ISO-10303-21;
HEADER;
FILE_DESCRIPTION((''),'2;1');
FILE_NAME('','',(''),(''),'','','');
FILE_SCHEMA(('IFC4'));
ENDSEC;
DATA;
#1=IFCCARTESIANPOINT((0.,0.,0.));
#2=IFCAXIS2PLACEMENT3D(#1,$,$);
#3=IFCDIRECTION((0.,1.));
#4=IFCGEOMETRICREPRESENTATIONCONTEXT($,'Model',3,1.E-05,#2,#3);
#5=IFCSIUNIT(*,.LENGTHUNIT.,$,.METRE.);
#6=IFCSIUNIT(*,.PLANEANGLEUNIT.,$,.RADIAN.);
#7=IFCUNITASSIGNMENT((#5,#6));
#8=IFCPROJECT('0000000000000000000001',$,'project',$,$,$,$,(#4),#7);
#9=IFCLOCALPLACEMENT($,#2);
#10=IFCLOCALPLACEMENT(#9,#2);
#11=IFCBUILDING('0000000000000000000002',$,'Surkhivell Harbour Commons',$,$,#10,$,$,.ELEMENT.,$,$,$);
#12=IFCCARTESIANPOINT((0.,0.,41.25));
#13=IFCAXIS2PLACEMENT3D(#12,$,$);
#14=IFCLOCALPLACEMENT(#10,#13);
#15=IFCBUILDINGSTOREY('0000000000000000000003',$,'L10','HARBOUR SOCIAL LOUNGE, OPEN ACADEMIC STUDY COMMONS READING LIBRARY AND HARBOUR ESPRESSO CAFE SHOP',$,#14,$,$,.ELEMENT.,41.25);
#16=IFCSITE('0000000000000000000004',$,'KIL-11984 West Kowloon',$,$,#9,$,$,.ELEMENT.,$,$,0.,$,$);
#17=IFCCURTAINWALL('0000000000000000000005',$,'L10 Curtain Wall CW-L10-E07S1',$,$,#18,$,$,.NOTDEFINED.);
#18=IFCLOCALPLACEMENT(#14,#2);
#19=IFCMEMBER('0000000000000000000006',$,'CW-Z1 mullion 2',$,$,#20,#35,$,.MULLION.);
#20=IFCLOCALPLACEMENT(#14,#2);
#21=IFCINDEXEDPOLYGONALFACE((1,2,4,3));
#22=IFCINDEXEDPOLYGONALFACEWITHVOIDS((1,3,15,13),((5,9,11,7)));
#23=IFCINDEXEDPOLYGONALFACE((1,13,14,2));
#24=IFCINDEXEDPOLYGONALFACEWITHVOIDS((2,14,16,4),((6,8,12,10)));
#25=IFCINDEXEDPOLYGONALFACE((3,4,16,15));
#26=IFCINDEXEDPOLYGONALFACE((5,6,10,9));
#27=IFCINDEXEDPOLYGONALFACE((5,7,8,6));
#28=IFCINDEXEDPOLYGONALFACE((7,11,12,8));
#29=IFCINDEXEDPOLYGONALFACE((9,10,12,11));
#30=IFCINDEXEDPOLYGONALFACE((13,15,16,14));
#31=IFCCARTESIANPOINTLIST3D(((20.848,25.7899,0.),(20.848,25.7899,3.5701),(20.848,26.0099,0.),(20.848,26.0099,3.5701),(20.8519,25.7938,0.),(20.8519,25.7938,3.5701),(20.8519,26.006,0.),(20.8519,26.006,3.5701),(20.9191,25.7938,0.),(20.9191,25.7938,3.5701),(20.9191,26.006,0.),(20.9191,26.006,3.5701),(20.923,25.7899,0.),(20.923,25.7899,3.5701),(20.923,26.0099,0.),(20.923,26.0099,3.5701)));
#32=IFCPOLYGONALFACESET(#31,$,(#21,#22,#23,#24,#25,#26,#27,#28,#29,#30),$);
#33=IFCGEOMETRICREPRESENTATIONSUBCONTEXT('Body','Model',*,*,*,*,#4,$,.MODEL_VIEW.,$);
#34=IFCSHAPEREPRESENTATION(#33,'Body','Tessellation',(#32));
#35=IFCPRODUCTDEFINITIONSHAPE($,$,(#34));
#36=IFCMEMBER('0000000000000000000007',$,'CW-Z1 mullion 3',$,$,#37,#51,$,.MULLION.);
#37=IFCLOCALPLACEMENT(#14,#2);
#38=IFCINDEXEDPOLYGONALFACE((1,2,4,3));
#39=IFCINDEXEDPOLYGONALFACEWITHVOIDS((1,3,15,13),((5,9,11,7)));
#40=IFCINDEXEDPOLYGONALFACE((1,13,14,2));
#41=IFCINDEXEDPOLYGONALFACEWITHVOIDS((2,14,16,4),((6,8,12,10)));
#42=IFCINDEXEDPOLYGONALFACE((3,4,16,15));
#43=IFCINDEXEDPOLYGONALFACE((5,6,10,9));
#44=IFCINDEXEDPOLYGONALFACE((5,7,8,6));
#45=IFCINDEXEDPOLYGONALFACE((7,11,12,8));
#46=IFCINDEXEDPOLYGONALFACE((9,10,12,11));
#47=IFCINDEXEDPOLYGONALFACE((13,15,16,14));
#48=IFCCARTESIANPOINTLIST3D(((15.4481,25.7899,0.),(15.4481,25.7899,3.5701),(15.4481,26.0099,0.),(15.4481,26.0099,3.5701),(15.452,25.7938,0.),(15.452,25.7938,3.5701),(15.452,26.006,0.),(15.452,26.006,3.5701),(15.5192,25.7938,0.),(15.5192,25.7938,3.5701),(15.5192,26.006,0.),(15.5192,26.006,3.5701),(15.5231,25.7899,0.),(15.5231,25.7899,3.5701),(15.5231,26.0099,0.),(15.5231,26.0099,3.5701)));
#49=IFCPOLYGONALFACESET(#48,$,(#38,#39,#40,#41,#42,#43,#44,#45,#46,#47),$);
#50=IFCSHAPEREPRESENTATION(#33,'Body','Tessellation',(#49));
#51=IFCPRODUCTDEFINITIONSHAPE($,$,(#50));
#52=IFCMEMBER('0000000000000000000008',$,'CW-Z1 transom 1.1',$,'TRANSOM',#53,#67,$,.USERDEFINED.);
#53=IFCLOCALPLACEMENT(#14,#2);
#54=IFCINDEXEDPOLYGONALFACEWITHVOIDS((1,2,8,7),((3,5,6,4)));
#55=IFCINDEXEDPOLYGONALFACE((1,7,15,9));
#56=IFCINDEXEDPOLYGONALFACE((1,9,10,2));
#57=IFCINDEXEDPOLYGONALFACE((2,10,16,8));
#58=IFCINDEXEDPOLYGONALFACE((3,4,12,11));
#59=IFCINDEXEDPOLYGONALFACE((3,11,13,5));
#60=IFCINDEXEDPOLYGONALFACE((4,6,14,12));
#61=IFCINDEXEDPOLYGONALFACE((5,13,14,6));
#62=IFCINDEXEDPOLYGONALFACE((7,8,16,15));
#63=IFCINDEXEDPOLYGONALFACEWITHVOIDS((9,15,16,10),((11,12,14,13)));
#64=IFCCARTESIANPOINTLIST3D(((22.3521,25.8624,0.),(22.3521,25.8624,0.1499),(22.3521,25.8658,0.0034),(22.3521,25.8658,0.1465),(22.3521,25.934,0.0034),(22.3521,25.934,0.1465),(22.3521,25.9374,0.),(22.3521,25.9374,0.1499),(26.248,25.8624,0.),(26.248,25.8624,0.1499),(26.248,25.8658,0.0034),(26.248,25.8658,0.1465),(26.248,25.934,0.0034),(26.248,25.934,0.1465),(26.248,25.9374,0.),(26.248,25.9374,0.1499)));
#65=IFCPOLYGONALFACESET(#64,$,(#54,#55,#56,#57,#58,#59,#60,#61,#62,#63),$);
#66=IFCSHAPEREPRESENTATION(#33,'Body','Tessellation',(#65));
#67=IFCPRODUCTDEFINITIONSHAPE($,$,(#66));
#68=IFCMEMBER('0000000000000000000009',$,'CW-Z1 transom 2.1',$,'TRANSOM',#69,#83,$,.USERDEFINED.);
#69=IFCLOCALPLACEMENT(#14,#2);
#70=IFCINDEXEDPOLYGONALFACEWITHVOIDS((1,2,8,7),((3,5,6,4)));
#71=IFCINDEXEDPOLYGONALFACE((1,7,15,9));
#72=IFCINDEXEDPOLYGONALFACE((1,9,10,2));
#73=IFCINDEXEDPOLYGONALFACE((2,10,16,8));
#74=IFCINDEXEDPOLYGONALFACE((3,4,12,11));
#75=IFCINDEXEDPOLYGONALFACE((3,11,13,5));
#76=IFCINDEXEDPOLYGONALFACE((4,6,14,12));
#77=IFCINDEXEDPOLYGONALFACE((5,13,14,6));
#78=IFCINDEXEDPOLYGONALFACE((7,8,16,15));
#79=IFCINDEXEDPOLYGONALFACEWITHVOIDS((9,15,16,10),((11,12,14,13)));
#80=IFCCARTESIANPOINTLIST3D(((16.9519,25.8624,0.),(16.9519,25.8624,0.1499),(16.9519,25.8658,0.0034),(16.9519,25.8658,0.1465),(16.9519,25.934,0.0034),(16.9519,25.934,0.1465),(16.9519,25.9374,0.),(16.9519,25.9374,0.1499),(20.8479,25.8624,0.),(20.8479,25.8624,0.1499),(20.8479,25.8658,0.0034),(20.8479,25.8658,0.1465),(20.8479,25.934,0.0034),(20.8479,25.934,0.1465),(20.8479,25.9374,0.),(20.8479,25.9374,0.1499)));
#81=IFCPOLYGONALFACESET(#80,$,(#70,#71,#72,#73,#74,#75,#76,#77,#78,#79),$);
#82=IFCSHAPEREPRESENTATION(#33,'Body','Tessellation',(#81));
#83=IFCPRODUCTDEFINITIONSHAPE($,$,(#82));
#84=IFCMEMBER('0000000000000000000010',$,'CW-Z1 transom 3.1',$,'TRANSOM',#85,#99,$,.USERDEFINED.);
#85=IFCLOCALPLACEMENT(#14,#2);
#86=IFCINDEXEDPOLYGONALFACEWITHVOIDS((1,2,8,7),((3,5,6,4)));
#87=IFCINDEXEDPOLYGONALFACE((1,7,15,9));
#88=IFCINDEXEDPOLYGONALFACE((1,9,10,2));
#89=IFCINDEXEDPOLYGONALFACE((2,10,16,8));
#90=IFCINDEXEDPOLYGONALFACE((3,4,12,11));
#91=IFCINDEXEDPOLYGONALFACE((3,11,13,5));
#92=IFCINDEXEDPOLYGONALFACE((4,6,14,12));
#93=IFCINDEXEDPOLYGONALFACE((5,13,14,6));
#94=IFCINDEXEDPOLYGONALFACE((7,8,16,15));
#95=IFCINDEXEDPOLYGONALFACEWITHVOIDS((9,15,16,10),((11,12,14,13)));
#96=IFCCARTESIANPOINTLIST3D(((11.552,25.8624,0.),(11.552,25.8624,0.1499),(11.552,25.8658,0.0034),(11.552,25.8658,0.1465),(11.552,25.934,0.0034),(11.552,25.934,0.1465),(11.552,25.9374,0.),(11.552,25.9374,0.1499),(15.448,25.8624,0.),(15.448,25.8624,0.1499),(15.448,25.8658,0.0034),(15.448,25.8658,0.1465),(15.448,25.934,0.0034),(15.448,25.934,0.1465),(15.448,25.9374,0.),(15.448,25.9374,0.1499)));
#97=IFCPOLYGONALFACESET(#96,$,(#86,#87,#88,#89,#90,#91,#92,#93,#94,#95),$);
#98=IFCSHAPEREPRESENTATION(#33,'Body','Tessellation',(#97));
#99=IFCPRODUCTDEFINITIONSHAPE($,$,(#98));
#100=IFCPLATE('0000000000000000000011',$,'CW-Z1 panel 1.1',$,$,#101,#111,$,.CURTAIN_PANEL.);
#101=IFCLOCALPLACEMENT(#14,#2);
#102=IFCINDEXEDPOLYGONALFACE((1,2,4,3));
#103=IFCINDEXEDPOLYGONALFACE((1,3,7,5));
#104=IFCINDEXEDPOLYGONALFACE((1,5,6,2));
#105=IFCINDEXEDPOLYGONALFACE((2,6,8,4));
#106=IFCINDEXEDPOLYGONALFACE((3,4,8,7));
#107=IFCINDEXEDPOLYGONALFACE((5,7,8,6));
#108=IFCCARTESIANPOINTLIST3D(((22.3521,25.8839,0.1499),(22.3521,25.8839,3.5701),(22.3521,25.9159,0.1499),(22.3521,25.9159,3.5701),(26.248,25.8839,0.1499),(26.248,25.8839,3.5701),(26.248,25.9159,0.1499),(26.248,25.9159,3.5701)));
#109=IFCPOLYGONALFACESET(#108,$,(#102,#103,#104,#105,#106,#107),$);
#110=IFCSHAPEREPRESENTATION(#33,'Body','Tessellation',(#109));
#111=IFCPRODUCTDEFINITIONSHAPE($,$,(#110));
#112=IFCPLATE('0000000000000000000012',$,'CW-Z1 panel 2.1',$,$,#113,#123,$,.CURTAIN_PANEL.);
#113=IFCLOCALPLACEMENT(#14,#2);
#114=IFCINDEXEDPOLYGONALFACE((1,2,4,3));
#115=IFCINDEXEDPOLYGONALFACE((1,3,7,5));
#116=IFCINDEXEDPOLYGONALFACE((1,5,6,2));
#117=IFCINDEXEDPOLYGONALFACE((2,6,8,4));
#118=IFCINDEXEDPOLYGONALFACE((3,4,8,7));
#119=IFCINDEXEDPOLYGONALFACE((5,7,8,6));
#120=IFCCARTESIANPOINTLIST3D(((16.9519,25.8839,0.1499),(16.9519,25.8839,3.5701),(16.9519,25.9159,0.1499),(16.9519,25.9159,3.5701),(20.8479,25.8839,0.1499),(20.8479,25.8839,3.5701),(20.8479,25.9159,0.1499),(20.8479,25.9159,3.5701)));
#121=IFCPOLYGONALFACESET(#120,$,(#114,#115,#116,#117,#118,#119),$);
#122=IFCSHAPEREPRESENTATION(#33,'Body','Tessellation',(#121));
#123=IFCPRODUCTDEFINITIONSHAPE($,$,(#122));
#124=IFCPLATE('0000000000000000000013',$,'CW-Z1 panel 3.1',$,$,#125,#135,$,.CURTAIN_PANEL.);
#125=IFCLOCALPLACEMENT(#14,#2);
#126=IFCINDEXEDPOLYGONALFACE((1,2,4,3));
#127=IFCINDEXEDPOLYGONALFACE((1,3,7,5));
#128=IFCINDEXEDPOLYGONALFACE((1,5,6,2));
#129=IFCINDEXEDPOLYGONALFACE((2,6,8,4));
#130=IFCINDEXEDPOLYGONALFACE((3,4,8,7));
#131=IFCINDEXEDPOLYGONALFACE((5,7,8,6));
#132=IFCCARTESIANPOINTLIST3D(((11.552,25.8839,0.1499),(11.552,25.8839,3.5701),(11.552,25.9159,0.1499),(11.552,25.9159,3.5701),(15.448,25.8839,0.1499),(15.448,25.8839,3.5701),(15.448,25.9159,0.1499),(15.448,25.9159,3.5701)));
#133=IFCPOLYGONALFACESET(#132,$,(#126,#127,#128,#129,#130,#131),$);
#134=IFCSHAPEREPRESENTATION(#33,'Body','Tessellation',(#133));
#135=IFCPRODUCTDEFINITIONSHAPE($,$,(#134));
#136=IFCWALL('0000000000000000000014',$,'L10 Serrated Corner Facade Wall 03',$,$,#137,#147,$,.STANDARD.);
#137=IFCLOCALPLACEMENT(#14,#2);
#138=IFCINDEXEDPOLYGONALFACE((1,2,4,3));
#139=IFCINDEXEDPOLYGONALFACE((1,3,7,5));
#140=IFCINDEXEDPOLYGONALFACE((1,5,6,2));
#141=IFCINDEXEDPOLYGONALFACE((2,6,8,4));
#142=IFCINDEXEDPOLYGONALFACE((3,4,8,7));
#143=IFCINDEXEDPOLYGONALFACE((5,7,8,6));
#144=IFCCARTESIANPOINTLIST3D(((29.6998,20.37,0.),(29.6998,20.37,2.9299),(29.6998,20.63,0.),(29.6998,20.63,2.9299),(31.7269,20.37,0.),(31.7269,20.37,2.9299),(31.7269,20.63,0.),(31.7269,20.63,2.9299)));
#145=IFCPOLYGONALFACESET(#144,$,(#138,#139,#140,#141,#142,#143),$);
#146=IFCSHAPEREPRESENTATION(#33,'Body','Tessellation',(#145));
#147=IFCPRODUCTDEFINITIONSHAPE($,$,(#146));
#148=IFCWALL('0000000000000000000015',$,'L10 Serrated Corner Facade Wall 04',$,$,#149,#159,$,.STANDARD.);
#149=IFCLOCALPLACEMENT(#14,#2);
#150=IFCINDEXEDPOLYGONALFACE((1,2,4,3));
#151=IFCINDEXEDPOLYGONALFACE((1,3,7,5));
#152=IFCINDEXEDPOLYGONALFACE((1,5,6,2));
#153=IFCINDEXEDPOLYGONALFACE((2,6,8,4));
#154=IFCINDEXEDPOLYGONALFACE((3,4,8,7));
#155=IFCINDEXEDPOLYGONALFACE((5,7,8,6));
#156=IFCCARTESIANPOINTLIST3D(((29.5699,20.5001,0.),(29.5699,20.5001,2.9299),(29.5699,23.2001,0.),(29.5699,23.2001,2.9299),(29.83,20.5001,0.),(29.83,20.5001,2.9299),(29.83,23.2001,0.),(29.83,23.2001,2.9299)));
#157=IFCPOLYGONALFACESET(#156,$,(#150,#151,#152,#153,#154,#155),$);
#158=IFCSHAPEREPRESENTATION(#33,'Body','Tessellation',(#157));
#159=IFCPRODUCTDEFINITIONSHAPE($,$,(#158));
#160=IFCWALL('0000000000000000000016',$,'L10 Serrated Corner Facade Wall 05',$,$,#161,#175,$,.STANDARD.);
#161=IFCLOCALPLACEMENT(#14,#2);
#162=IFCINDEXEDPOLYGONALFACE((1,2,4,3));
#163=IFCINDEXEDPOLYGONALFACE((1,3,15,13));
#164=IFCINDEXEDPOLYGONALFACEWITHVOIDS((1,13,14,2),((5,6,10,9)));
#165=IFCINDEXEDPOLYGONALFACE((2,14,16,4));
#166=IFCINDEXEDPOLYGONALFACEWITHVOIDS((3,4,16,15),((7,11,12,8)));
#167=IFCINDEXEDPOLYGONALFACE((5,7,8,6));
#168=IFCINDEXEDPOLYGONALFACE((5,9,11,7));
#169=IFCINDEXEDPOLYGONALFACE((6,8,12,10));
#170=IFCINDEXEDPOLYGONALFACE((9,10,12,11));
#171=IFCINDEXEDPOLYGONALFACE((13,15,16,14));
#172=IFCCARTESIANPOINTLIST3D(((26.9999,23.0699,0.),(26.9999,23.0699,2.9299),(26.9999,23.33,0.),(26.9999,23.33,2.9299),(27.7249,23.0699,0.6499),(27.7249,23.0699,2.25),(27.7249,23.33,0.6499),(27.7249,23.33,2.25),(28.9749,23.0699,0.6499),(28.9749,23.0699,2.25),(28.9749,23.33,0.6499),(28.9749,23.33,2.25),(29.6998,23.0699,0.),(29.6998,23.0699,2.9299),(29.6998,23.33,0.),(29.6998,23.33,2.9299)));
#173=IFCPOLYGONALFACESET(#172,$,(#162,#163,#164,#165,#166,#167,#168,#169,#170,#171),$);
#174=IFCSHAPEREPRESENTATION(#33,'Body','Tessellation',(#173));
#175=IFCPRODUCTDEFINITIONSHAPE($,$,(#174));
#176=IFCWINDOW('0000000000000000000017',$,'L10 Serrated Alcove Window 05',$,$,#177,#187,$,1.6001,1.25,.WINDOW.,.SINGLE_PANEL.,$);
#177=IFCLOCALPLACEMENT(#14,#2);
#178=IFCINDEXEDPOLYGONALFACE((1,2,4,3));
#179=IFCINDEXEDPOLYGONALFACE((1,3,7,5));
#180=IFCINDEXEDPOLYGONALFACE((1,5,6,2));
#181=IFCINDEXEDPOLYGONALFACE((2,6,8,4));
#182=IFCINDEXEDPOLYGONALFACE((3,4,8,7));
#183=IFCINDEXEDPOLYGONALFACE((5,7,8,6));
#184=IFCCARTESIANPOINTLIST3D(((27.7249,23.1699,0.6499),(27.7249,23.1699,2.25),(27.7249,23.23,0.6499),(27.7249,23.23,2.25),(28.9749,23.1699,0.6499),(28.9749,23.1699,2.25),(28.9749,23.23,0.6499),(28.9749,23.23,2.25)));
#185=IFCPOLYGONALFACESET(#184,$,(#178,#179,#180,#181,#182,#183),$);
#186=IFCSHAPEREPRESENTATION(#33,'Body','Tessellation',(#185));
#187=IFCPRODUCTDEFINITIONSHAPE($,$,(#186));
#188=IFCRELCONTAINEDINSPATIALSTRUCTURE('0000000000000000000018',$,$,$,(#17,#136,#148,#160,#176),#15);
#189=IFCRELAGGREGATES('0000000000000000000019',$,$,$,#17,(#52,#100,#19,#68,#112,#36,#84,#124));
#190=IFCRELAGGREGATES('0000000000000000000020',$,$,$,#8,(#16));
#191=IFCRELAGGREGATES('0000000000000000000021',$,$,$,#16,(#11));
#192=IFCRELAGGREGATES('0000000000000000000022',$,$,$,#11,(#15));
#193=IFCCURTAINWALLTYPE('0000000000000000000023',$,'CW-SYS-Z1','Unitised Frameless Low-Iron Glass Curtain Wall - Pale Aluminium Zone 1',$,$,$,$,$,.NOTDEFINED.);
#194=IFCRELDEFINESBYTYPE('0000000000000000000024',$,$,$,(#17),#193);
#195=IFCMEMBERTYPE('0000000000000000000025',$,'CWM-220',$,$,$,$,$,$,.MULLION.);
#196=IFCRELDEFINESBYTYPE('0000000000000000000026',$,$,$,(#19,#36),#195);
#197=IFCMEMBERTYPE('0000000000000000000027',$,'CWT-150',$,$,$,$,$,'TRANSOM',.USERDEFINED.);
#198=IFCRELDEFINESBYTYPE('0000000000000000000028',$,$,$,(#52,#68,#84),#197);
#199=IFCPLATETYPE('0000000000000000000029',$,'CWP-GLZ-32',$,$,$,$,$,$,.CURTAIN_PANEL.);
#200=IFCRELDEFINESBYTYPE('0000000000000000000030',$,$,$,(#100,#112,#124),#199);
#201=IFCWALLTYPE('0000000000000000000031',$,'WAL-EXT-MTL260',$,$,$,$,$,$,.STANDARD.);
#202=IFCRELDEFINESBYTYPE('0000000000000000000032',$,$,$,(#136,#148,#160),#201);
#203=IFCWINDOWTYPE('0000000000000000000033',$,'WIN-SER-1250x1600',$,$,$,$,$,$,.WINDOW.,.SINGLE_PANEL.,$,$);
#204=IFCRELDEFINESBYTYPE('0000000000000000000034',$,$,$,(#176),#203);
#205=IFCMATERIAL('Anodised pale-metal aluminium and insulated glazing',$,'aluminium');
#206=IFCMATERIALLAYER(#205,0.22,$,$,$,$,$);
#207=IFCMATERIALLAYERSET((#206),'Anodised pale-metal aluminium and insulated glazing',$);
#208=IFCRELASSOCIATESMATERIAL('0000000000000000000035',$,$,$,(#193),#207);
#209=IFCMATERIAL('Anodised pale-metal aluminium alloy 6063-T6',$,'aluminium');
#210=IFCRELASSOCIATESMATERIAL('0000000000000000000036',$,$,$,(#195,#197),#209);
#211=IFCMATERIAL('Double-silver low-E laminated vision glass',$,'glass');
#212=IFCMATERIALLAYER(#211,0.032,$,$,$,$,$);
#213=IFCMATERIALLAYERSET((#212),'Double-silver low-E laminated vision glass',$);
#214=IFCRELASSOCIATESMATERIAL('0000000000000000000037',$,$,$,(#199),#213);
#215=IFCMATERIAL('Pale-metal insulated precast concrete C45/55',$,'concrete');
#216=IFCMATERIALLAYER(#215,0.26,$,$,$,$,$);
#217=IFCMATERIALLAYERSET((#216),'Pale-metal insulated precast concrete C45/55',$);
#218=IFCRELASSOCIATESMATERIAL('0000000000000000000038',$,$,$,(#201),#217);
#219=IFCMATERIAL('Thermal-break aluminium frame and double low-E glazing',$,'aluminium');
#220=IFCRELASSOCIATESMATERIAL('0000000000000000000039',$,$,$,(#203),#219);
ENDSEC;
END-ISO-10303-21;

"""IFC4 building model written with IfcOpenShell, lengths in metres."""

from ifc_helpers import new_model, si_unit, direction, frame, frame_2d, origin, origin_2d, place, context, subcontext, project, spatial, rectangle, hollow_rectangle, extrude, material, layer, layer_set, material_profile, profile_set, type_object, element, fill, aggregate, save


model = new_model("IFC4")

# Units and contexts
model_context = context("Model", 3, precision=1e-05, world=origin(), true_north=direction((0.0, 1.0)))
body_context = subcontext(model_context, "Body", "Model", "MODEL_VIEW")
ifc_project = project(units=[si_unit("LENGTHUNIT", "METRE"), si_unit("PLANEANGLEUNIT", "RADIAN")], contexts=[model_context])

# Site, building, storey
site_placement = place(None, origin())
site = spatial("IfcSite", under=ifc_project, at=site_placement, Name="KIL-11984 West Kowloon", CompositionType="ELEMENT", RefElevation=0.0)
building_placement = place(site_placement, origin())
building = spatial("IfcBuilding", under=site, at=building_placement, Name="Surkhivell Harbour Commons", CompositionType="ELEMENT")
storey_placement = place(building_placement, frame((0.0, 0.0, 41.25)))
storey = spatial("IfcBuildingStorey", under=building, at=storey_placement, Name="L10", Description="HARBOUR SOCIAL LOUNGE, OPEN ACADEMIC STUDY COMMONS READING LIBRARY AND HARBOUR ESPRESSO CAFE SHOP", CompositionType="ELEMENT", Elevation=41.25)

# Curtain wall, members, plates
ifc_material_1 = material(Name="Anodised pale-metal aluminium and insulated glazing", Category="aluminium")
ifc_layer_1 = layer(ifc_material_1, 0.22)
ifc_layer_set_1 = layer_set([ifc_layer_1], Name="Anodised pale-metal aluminium and insulated glazing")
curtain_wall_type = type_object("IfcCurtainWallType", Name="CW-SYS-Z1", Description="Unitised Frameless Low-Iron Glass Curtain Wall - Pale Aluminium Zone 1", PredefinedType="NOTDEFINED", material=ifc_layer_set_1)
curtain_wall_placement = place(storey_placement, origin())
curtain_wall = element("IfcCurtainWall", 1, at=curtain_wall_placement, inside=storey, type_object=curtain_wall_type, Name="L10 Curtain Wall CW-L10-E07S1", PredefinedType="NOTDEFINED")
ifc_material_2 = material(Name="Anodised pale-metal aluminium alloy 6063-T6", Category="aluminium")
ifc_material_profile_1 = material_profile(ifc_material_2, hollow_rectangle(XDim=0.075, YDim=0.22, WallThickness=0.0039, at=origin_2d()), Name="ALU-MULL-75x220")
ifc_profile_set_1 = profile_set([ifc_material_profile_1], Name="Anodised pale-metal aluminium alloy 6063-T6")
member_type_1 = type_object("IfcMemberType", Name="CWM-220", PredefinedType="MULLION", material=ifc_profile_set_1)
member_1_placement = place(storey_placement, frame((20.8855, 25.8999, 0.0), z_axis=(0.0, 0.0, 1.0), x_axis=(-1.0, 0.0, 0.0)))
member_1 = element("IfcMember", 2, at=member_1_placement, type_object=member_type_1, Name="CW-Z1 mullion 2", PredefinedType="MULLION", context=body_context, shape_type="SweptSolid", body=[
    extrude(hollow_rectangle(XDim=0.075, YDim=0.22, WallThickness=0.0039, at=origin_2d()), origin(), (0.0, 0.0, 1.0), 3.5701),
])
member_2_placement = place(storey_placement, frame((15.4856, 25.8999, 0.0), z_axis=(0.0, 0.0, 1.0), x_axis=(-1.0, 0.0, 0.0)))
member_2 = element("IfcMember", 3, at=member_2_placement, type_object=member_type_1, Name="CW-Z1 mullion 3", PredefinedType="MULLION", context=body_context, shape_type="SweptSolid", body=[
    extrude(hollow_rectangle(XDim=0.075, YDim=0.22, WallThickness=0.0039, at=origin_2d()), origin(), (0.0, 0.0, 1.0), 3.5701),
])
ifc_material_profile_2 = material_profile(ifc_material_2, hollow_rectangle(XDim=0.075, YDim=0.1499, WallThickness=0.0034, at=origin_2d()), Name="ALU-TRAN-75x150")
ifc_profile_set_2 = profile_set([ifc_material_profile_2], Name="Anodised pale-metal aluminium alloy 6063-T6")
member_type_2 = type_object("IfcMemberType", Name="CWT-150", ElementType="TRANSOM", PredefinedType="USERDEFINED", material=ifc_profile_set_2)
member_3_placement = place(storey_placement, frame((26.248, 25.8999, 0.075), z_axis=(-1.0, 0.0, 0.0), x_axis=(0.0, -1.0, 0.0)))
member_3 = element("IfcMember", 4, at=member_3_placement, type_object=member_type_2, Name="CW-Z1 transom 1.1", ObjectType="TRANSOM", PredefinedType="USERDEFINED", context=body_context, shape_type="SweptSolid", body=[
    extrude(hollow_rectangle(XDim=0.075, YDim=0.1499, WallThickness=0.0034, at=origin_2d()), origin(), (0.0, 0.0, 1.0), 3.896),
])
member_4_placement = place(storey_placement, frame((20.8479, 25.8999, 0.075), z_axis=(-1.0, 0.0, 0.0), x_axis=(0.0, -1.0, 0.0)))
member_4 = element("IfcMember", 5, at=member_4_placement, type_object=member_type_2, Name="CW-Z1 transom 2.1", ObjectType="TRANSOM", PredefinedType="USERDEFINED", context=body_context, shape_type="SweptSolid", body=[
    extrude(hollow_rectangle(XDim=0.075, YDim=0.1499, WallThickness=0.0034, at=origin_2d()), origin(), (0.0, 0.0, 1.0), 3.896),
])
member_5_placement = place(storey_placement, frame((15.448, 25.8999, 0.075), z_axis=(-1.0, 0.0, 0.0), x_axis=(0.0, -1.0, 0.0)))
member_5 = element("IfcMember", 6, at=member_5_placement, type_object=member_type_2, Name="CW-Z1 transom 3.1", ObjectType="TRANSOM", PredefinedType="USERDEFINED", context=body_context, shape_type="SweptSolid", body=[
    extrude(hollow_rectangle(XDim=0.075, YDim=0.1499, WallThickness=0.0034, at=origin_2d()), origin(), (0.0, 0.0, 1.0), 3.896),
])
ifc_material_3 = material(Name="Double-silver low-E laminated vision glass", Category="glass")
ifc_layer_2 = layer(ifc_material_3, 0.032)
ifc_layer_set_2 = layer_set([ifc_layer_2], Name="Double-silver low-E laminated vision glass")
plate_type = type_object("IfcPlateType", Name="CWP-GLZ-32", PredefinedType="CURTAIN_PANEL", material=ifc_layer_set_2)
plate_1_placement = place(storey_placement, frame((26.248, 25.8999, 0.1499), z_axis=(0.0, 0.0, 1.0), x_axis=(-1.0, 0.0, 0.0)))
plate_1 = element("IfcPlate", 7, at=plate_1_placement, type_object=plate_type, Name="CW-Z1 panel 1.1", PredefinedType="CURTAIN_PANEL", context=body_context, shape_type="SweptSolid", body=[
    extrude(rectangle(XDim=3.896, YDim=0.032, at=frame_2d((1.948, 0.0))), origin(), (0.0, 0.0, 1.0), 3.4202),
])
plate_2_placement = place(storey_placement, frame((20.8479, 25.8999, 0.1499), z_axis=(0.0, 0.0, 1.0), x_axis=(-1.0, 0.0, 0.0)))
plate_2 = element("IfcPlate", 8, at=plate_2_placement, type_object=plate_type, Name="CW-Z1 panel 2.1", PredefinedType="CURTAIN_PANEL", context=body_context, shape_type="SweptSolid", body=[
    extrude(rectangle(XDim=3.896, YDim=0.032, at=frame_2d((1.948, 0.0))), origin(), (0.0, 0.0, 1.0), 3.4202),
])
plate_3_placement = place(storey_placement, frame((15.448, 25.8999, 0.1499), z_axis=(0.0, 0.0, 1.0), x_axis=(-1.0, 0.0, 0.0)))
plate_3 = element("IfcPlate", 9, at=plate_3_placement, type_object=plate_type, Name="CW-Z1 panel 3.1", PredefinedType="CURTAIN_PANEL", context=body_context, shape_type="SweptSolid", body=[
    extrude(rectangle(XDim=3.896, YDim=0.032, at=frame_2d((1.948, 0.0))), origin(), (0.0, 0.0, 1.0), 3.4202),
])
aggregate(curtain_wall, [member_3, plate_1, member_1, member_4, plate_2, member_2, member_5, plate_3])

# Walls
ifc_material_4 = material(Name="Pale-metal insulated precast concrete C45/55", Category="concrete")
ifc_layer_3 = layer(ifc_material_4, 0.26)
ifc_layer_set_3 = layer_set([ifc_layer_3], Name="Pale-metal insulated precast concrete C45/55")
wall_type = type_object("IfcWallType", Name="WAL-EXT-MTL260", PredefinedType="STANDARD", material=ifc_layer_set_3)
wall_1_placement = place(storey_placement, frame((31.7271, 20.5, 0.0), z_axis=(0.0, 0.0, 1.0), x_axis=(-1.0, 0.0, 0.0)))
element("IfcWall", 10, at=wall_1_placement, inside=storey, type_object=wall_type, Name="L10 Serrated Corner Facade Wall 03", PredefinedType="STANDARD", context=body_context, shape_type="SweptSolid", body=[
    extrude(rectangle(XDim=2.0271, YDim=0.26, at=frame_2d((1.0137, 0.0))), origin(), (0.0, 0.0, 1.0), 2.9299),
])
wall_2_placement = place(storey_placement, frame((29.7, 20.5, 0.0), z_axis=(0.0, 0.0, 1.0), x_axis=(0.0, 1.0, 0.0)))
element("IfcWall", 11, at=wall_2_placement, inside=storey, type_object=wall_type, Name="L10 Serrated Corner Facade Wall 04", PredefinedType="STANDARD", context=body_context, shape_type="SweptSolid", body=[
    extrude(rectangle(XDim=2.7, YDim=0.26, at=frame_2d((1.3501, 0.0))), origin(), (0.0, 0.0, 1.0), 2.9299),
])

# Wall, opening, window
wall_3_placement = place(storey_placement, frame((29.7, 23.2, 0.0), z_axis=(0.0, 0.0, 1.0), x_axis=(-1.0, 0.0, 0.0)))
wall_3 = element("IfcWall", 12, at=wall_3_placement, inside=storey, type_object=wall_type, Name="L10 Serrated Corner Facade Wall 05", PredefinedType="STANDARD", context=body_context, shape_type="SweptSolid", body=[
    extrude(rectangle(XDim=2.7, YDim=0.26, at=frame_2d((1.3501, 0.0))), origin(), (0.0, 0.0, 1.0), 2.9299),
])
opening_placement = place(wall_3_placement, frame((0.7251, 0.0, 0.6499)))
opening = element("IfcOpeningElement", 13, at=opening_placement, cuts=wall_3, PredefinedType="OPENING", context=body_context, shape_type="SweptSolid", body=[
    extrude(rectangle(XDim=1.25, YDim=1.6001, at=frame_2d((0.625, 0.8))), frame((0.0, 0.1399, 0.0), z_axis=(0.0, -1.0, 0.0), x_axis=(1.0, 0.0, 0.0)), (0.0, 0.0, 1.0), 0.28),
])
ifc_material_5 = material(Name="Thermal-break aluminium frame and double low-E glazing", Category="aluminium")
window_type = type_object("IfcWindowType", Name="WIN-SER-1250x1600", PartitioningType="SINGLE_PANEL", PredefinedType="WINDOW", material=ifc_material_5)
window_placement = place(opening_placement, origin())
window = element("IfcWindow", 14, at=window_placement, inside=storey, type_object=window_type, Name="L10 Serrated Alcove Window 05", OverallHeight=1.6001, OverallWidth=1.25, PartitioningType="SINGLE_PANEL", PredefinedType="WINDOW", context=body_context, shape_type="SweptSolid", body=[
    extrude(rectangle(XDim=1.25, YDim=1.6001, at=frame_2d((0.625, 0.8))), frame((0.0, 0.03, 0.0), z_axis=(0.0, -1.0, 0.0), x_axis=(1.0, 0.0, 0.0)), (0.0, 0.0, 1.0), 0.0601),
])
fill(opening, window)

save(model, "model.ifc")
